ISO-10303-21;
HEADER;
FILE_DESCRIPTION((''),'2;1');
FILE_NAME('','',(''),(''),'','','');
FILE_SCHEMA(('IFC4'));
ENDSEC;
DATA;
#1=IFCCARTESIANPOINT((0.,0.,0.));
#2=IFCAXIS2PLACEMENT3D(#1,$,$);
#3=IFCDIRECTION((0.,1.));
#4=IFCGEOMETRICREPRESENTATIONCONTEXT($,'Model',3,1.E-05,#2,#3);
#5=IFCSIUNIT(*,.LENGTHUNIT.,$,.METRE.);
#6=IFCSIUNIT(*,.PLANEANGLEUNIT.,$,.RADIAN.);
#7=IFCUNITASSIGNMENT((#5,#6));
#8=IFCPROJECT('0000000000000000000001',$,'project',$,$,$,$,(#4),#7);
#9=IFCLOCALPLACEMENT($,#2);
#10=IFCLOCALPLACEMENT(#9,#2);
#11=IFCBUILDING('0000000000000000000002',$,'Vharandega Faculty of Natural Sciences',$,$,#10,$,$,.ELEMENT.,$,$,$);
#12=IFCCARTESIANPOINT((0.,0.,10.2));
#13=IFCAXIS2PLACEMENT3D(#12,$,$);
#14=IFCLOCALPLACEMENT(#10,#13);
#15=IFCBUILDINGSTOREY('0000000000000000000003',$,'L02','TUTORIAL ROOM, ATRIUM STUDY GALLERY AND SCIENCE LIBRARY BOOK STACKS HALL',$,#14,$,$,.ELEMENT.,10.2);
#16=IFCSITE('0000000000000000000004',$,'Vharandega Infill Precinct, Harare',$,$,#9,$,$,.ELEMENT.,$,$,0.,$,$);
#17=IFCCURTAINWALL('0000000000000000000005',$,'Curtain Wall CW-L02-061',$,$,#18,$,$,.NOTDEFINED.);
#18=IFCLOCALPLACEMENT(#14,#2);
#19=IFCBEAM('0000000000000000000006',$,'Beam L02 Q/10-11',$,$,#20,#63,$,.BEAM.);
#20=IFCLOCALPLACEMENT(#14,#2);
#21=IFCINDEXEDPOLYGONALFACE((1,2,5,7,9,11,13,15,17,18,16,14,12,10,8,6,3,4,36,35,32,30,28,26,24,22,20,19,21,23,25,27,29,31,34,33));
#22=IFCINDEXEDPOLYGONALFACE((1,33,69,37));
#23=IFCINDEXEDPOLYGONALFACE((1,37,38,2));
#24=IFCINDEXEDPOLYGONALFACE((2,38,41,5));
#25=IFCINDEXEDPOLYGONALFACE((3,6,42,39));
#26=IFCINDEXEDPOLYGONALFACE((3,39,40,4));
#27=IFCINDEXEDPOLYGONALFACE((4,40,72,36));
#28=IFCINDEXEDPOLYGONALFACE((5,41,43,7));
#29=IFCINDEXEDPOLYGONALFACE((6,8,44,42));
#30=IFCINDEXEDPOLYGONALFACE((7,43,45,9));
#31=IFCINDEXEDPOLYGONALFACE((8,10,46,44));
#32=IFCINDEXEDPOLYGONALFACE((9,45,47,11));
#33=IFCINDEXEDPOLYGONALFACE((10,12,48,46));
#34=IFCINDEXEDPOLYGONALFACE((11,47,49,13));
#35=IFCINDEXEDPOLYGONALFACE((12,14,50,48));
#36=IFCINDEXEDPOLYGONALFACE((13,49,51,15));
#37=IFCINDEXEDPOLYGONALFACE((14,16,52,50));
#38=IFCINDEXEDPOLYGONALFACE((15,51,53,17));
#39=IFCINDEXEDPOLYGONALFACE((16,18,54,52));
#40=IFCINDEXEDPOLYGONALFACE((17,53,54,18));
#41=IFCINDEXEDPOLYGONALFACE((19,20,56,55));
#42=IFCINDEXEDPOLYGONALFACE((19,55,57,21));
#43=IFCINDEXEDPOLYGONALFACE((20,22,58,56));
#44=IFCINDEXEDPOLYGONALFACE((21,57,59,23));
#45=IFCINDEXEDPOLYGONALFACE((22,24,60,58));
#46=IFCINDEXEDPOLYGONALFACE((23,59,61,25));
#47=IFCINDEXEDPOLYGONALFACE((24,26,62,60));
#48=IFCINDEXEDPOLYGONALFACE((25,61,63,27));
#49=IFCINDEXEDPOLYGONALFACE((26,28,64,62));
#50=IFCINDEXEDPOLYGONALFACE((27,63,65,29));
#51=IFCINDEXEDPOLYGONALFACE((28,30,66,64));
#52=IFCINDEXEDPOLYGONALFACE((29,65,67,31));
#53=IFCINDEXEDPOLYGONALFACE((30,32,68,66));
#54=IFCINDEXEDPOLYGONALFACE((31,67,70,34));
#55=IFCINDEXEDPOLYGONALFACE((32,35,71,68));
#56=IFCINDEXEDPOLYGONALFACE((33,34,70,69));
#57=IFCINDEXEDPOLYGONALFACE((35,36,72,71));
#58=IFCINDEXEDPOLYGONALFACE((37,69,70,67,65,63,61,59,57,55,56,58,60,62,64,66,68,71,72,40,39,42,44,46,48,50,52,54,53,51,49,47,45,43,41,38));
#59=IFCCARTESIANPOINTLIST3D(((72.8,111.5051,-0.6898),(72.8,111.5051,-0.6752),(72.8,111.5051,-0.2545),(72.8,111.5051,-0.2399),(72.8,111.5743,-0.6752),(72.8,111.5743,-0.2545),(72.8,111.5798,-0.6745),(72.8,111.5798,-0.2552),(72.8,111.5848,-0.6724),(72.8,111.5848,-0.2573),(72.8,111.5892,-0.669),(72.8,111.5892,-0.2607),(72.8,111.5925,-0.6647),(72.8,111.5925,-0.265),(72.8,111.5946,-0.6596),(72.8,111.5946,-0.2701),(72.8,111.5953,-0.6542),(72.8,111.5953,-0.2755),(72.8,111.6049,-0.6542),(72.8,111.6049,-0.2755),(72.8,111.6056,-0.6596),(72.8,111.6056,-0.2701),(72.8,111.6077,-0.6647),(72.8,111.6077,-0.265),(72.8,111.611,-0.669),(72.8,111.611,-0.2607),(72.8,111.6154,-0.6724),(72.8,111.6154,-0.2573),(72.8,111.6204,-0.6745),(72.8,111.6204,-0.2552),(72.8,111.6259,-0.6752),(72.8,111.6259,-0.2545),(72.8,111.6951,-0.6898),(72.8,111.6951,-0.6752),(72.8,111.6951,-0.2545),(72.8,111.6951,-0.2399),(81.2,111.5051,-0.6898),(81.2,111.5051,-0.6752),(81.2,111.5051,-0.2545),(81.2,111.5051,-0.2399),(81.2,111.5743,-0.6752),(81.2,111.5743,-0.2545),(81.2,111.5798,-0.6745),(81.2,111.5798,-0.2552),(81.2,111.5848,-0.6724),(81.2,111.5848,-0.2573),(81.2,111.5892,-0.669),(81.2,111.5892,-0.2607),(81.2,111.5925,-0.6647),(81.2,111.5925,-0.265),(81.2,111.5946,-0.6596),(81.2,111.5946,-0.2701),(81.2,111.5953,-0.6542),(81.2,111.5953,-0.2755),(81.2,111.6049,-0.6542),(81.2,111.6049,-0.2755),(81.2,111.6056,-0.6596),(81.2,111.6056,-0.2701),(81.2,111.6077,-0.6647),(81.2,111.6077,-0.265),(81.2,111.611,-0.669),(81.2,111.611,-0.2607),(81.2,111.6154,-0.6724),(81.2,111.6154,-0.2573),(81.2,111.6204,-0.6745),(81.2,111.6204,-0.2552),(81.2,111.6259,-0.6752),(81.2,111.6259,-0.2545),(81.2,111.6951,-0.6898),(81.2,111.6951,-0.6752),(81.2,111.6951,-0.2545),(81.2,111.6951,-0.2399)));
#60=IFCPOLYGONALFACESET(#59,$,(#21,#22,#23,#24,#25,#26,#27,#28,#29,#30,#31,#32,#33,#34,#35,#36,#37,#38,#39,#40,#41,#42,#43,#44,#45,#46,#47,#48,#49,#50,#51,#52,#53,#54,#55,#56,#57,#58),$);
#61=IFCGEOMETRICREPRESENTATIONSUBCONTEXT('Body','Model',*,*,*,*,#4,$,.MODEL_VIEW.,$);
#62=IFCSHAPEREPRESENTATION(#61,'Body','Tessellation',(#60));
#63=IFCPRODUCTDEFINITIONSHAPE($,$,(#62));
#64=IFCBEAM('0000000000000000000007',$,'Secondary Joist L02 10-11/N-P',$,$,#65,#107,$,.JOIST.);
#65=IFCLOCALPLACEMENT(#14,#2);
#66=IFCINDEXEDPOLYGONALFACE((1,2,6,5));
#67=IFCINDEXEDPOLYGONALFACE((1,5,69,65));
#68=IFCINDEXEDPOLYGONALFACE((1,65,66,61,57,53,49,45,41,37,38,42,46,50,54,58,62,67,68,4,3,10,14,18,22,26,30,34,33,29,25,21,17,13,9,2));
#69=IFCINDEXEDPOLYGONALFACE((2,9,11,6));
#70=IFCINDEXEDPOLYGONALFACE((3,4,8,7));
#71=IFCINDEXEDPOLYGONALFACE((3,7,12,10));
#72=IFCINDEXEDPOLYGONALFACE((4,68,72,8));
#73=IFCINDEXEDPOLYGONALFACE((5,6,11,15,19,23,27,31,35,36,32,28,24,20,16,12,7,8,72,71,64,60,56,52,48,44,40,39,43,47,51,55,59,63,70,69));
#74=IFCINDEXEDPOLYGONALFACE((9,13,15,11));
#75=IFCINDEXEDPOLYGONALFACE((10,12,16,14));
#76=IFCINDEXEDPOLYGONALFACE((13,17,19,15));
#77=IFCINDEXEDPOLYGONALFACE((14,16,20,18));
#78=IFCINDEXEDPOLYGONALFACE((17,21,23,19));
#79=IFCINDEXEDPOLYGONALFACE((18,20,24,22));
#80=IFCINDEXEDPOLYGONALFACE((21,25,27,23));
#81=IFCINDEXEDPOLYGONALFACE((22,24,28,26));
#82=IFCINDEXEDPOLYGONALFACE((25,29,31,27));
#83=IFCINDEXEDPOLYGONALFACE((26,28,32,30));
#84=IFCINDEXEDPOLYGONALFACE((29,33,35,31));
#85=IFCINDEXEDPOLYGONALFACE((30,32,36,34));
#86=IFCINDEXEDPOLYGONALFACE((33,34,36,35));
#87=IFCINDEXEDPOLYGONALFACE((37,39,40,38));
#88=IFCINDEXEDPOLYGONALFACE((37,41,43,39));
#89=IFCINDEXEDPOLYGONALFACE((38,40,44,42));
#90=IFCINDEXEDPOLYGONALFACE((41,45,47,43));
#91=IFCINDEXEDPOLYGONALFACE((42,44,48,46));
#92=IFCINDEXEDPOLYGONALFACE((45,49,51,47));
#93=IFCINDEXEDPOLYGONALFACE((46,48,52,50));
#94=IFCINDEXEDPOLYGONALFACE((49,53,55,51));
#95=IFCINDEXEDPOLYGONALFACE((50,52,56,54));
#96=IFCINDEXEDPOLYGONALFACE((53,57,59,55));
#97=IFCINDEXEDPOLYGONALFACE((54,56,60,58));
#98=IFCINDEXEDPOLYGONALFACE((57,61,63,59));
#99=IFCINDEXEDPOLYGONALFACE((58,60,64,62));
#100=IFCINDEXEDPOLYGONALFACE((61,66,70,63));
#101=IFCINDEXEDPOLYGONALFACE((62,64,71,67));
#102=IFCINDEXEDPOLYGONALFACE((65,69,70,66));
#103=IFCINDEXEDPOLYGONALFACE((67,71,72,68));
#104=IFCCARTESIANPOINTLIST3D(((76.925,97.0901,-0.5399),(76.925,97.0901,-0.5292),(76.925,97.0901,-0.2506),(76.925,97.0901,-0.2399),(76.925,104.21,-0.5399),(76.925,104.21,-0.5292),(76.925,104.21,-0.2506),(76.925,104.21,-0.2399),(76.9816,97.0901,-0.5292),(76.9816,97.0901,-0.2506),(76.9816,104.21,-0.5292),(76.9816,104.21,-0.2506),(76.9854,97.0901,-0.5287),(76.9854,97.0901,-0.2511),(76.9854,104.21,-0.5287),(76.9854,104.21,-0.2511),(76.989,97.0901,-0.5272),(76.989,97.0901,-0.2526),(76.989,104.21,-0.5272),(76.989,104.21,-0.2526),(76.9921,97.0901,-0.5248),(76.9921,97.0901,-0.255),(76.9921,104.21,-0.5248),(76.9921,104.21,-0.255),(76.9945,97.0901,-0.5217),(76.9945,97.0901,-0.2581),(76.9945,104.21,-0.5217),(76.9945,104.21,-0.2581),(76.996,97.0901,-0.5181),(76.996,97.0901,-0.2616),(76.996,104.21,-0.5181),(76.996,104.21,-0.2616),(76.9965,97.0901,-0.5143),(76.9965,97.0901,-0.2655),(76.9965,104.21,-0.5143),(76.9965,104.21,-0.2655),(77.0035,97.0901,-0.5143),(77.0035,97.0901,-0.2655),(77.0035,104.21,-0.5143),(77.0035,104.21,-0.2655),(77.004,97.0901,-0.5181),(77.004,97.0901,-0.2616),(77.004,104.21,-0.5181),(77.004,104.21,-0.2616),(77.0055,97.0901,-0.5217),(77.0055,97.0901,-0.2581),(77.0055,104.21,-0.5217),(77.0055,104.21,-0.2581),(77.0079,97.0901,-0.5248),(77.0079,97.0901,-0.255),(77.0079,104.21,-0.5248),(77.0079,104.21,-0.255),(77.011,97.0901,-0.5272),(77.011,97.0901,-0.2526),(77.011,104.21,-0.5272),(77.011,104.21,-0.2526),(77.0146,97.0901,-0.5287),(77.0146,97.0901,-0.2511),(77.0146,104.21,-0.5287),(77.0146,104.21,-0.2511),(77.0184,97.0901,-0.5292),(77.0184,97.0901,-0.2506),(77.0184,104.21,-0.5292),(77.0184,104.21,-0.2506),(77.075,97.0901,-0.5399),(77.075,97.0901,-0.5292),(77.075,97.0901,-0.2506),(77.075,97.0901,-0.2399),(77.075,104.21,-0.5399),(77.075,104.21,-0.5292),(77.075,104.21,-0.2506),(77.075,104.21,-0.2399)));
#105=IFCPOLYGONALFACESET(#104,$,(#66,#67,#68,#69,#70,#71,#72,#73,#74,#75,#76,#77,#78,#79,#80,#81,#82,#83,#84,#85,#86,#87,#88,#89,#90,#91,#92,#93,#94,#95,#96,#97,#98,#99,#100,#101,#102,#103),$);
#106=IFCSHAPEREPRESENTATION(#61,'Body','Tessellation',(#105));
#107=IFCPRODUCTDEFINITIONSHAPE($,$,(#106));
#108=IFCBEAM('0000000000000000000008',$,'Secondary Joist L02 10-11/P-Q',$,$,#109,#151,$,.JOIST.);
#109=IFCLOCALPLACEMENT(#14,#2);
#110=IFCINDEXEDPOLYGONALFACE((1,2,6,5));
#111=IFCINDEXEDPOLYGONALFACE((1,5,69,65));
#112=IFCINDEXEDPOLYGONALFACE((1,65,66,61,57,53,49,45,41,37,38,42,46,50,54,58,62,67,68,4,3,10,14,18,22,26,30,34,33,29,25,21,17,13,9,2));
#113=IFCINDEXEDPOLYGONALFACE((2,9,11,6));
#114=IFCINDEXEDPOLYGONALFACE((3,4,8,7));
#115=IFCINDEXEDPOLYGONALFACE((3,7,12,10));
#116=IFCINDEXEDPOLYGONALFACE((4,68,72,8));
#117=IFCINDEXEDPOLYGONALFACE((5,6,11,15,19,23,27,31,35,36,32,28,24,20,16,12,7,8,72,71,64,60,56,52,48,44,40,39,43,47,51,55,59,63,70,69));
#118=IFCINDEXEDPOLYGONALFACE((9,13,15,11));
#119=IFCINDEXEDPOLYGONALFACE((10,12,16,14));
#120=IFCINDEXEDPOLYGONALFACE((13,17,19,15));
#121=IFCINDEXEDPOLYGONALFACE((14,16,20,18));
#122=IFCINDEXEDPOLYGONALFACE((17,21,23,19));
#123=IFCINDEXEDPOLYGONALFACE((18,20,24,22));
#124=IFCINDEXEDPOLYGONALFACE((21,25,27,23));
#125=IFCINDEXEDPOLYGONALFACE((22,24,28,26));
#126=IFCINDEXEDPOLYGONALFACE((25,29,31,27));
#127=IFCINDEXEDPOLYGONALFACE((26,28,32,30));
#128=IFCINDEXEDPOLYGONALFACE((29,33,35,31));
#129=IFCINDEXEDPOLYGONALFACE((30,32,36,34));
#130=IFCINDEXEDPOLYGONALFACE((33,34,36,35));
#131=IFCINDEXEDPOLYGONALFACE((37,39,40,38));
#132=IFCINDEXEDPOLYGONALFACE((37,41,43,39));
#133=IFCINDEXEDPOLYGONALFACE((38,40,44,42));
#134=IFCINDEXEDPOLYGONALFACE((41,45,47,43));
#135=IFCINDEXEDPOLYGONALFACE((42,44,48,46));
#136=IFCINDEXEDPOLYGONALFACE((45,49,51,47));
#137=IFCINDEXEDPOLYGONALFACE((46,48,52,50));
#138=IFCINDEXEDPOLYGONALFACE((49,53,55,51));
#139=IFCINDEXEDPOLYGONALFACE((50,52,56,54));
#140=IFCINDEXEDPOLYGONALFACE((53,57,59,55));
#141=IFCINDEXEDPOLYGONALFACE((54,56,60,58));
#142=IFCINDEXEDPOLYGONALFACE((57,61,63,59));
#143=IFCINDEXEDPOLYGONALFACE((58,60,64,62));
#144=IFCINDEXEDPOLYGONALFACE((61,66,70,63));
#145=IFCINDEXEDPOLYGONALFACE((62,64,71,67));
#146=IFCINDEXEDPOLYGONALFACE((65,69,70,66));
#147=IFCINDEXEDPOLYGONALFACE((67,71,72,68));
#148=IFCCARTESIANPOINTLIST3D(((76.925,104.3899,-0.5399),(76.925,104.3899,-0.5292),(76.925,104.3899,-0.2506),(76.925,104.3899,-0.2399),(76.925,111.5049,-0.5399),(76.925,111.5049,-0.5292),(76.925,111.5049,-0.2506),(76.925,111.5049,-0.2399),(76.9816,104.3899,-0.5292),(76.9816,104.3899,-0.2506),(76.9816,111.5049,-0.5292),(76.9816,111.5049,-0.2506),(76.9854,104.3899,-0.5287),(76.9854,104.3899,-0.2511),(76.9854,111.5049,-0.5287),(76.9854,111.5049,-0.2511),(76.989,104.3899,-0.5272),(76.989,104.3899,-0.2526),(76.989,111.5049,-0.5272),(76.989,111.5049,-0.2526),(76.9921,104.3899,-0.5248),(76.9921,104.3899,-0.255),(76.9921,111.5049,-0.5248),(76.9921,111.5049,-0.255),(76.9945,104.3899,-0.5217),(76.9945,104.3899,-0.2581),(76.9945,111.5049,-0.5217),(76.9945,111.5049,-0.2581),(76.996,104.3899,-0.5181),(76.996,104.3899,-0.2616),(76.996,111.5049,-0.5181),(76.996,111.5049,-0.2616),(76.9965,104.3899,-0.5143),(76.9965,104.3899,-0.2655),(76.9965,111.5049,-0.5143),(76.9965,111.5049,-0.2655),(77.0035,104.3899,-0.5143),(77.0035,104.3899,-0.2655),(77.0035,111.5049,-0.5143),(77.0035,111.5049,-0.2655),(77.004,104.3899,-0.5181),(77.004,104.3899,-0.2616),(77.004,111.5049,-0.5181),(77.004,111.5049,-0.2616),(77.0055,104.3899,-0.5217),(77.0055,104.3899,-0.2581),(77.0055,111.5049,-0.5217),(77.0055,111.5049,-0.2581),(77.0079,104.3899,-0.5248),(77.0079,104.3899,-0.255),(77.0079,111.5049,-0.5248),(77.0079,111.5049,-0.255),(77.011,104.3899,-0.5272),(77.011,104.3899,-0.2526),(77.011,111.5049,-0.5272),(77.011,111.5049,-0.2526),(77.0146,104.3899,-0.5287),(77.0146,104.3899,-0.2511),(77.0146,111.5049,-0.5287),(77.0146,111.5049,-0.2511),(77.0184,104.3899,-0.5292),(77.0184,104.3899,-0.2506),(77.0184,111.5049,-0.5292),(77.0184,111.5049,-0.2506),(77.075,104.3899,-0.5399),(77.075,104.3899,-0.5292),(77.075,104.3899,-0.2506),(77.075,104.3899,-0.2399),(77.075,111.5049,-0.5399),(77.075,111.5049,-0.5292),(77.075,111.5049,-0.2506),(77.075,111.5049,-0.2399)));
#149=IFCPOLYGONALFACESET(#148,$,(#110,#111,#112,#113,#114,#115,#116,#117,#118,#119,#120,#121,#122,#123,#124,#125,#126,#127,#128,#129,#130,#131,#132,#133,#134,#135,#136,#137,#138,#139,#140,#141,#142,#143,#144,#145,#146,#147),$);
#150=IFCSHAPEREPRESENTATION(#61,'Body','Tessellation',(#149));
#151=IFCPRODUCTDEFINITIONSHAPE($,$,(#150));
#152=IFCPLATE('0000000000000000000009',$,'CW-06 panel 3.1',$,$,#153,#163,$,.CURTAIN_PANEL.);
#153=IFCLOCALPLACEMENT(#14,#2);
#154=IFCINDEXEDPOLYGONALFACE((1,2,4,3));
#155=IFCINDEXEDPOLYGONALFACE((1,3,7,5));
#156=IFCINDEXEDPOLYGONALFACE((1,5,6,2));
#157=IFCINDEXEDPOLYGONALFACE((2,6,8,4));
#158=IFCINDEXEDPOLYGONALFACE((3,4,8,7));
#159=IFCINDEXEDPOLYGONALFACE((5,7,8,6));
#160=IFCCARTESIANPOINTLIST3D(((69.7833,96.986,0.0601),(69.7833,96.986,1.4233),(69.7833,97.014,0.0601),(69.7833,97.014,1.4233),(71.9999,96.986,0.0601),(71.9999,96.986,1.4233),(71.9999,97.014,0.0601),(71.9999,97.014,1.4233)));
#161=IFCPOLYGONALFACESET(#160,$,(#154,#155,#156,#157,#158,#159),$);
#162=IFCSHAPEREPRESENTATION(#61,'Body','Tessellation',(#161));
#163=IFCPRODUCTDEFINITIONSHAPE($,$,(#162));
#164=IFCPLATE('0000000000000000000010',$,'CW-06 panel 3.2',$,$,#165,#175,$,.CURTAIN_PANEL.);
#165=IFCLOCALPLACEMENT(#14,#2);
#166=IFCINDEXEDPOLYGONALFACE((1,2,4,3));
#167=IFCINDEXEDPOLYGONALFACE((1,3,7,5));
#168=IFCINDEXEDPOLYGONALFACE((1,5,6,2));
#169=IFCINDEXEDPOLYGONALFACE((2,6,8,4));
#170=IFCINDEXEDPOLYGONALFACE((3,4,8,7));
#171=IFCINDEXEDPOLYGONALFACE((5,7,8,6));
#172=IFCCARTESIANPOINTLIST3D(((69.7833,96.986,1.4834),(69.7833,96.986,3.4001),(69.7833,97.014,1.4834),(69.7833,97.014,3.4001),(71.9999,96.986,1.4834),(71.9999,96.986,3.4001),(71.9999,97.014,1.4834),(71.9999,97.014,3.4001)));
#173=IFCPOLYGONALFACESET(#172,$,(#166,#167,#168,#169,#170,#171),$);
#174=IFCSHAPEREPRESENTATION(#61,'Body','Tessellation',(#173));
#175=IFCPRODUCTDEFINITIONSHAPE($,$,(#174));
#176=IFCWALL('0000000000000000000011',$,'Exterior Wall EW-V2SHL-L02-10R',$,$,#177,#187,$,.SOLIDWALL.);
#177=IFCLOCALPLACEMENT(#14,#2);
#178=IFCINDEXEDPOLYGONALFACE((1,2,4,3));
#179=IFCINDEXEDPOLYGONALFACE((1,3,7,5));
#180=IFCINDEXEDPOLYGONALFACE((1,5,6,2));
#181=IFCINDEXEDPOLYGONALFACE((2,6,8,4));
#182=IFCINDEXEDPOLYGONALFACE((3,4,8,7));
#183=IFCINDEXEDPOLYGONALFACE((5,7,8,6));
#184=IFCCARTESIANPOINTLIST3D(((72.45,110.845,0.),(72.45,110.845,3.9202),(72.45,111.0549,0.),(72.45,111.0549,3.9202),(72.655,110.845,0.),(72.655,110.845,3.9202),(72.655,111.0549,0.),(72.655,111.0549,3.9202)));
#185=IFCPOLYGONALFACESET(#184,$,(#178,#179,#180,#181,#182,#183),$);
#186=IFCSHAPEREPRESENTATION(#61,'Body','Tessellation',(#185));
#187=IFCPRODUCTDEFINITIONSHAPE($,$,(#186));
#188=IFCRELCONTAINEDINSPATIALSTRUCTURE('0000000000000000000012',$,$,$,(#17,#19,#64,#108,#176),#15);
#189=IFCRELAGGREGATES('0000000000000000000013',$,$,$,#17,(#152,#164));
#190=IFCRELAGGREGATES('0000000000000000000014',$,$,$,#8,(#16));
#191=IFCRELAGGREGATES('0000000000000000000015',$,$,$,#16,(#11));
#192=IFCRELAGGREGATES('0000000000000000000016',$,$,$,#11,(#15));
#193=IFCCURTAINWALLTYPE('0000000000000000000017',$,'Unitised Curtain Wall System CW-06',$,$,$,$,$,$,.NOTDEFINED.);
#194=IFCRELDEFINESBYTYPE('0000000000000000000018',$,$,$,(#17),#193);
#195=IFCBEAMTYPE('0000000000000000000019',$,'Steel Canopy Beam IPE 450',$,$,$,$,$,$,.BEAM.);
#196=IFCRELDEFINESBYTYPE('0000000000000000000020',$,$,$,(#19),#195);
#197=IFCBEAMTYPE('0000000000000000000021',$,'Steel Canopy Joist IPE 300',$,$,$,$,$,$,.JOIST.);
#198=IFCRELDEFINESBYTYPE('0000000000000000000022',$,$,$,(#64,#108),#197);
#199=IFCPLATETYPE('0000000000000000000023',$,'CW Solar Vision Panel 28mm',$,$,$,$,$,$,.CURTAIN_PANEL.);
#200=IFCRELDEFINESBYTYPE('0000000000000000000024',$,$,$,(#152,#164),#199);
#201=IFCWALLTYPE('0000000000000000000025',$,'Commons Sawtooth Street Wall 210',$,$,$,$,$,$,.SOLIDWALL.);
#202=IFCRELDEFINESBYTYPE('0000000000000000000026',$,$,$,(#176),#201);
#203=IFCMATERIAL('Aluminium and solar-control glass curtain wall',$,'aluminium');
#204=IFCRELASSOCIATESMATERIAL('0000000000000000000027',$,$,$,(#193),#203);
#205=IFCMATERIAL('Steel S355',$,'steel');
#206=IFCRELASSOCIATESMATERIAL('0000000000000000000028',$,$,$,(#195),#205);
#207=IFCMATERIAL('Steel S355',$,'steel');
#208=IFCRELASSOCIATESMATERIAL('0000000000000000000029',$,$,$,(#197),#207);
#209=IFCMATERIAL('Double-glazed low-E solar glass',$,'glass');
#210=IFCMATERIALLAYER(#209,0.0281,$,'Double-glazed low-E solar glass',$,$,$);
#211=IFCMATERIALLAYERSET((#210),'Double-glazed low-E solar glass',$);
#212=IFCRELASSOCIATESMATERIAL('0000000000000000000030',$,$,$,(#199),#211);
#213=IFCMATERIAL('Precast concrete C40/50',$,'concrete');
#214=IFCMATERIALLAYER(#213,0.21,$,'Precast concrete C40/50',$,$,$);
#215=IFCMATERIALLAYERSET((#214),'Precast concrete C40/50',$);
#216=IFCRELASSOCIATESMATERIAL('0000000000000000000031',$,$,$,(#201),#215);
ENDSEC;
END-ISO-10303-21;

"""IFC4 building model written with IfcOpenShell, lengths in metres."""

from ifc_helpers import new_model, si_unit, direction, frame, frame_2d, origin, origin_2d, place, context, subcontext, project, spatial, rectangle, i_section, extrude, material, layer, layer_set, material_profile, profile_set, type_object, element, aggregate, save


model = new_model("IFC4")

# Units and contexts
model_context = context("Model", 3, precision=1e-05, world=origin(), true_north=direction((0.0, 1.0)))
body_context = subcontext(model_context, "Body", "Model", "MODEL_VIEW")
ifc_project = project(units=[si_unit("LENGTHUNIT", "METRE"), si_unit("PLANEANGLEUNIT", "RADIAN")], contexts=[model_context])

# Site, building, storey
site_placement = place(None, origin())
site = spatial("IfcSite", under=ifc_project, at=site_placement, Name="Vharandega Infill Precinct, Harare", CompositionType="ELEMENT", RefElevation=0.0)
building_placement = place(site_placement, origin())
building = spatial("IfcBuilding", under=site, at=building_placement, Name="Vharandega Faculty of Natural Sciences", CompositionType="ELEMENT")
storey_placement = place(building_placement, frame((0.0, 0.0, 10.2)))
storey = spatial("IfcBuildingStorey", under=building, at=storey_placement, Name="L02", Description="TUTORIAL ROOM, ATRIUM STUDY GALLERY AND SCIENCE LIBRARY BOOK STACKS HALL", CompositionType="ELEMENT", Elevation=10.2)

# Curtain wall
ifc_material_1 = material(Name="Aluminium and solar-control glass curtain wall", Category="aluminium")
curtain_wall_type = type_object("IfcCurtainWallType", Name="Unitised Curtain Wall System CW-06", PredefinedType="NOTDEFINED", material=ifc_material_1)
curtain_wall_placement = place(storey_placement, origin())
curtain_wall = element("IfcCurtainWall", 1, at=curtain_wall_placement, inside=storey, type_object=curtain_wall_type, Name="Curtain Wall CW-L02-061", PredefinedType="NOTDEFINED")

# Beams
ifc_material_2 = material(Name="Steel S355", Category="steel")
ifc_material_profile_1 = material_profile(ifc_material_2, i_section(OverallWidth=0.1899, OverallDepth=0.45, WebThickness=0.0095, FlangeThickness=0.0146, FilletRadius=0.021, at=origin_2d()), Name="IPE 450")
ifc_profile_set_1 = profile_set([ifc_material_profile_1], Name="Steel S355")
beam_type_1 = type_object("IfcBeamType", Name="Steel Canopy Beam IPE 450", PredefinedType="BEAM", material=ifc_profile_set_1)
beam_1_placement = place(storey_placement, frame((72.8, 111.6001, -0.4648), z_axis=(1.0, 0.0, 0.0), x_axis=(0.0, 1.0, 0.0)))
element("IfcBeam", 2, at=beam_1_placement, inside=storey, type_object=beam_type_1, Name="Beam L02 Q/10-11", PredefinedType="BEAM", context=body_context, shape_type="SweptSolid", body=[
    extrude(i_section(OverallWidth=0.1899, OverallDepth=0.45, WebThickness=0.0095, FlangeThickness=0.0146, FilletRadius=0.021, at=origin_2d()), origin(), (0.0, 0.0, 1.0), 8.3999),
])
ifc_material_3 = material(Name="Steel S355", Category="steel")
ifc_material_profile_2 = material_profile(ifc_material_3, i_section(OverallWidth=0.1499, OverallDepth=0.3, WebThickness=0.0071, FlangeThickness=0.0107, FilletRadius=0.0149, at=origin_2d()), Name="IPE 300")
ifc_profile_set_2 = profile_set([ifc_material_profile_2], Name="Steel S355")
beam_type_2 = type_object("IfcBeamType", Name="Steel Canopy Joist IPE 300", PredefinedType="JOIST", material=ifc_profile_set_2)
beam_2_placement = place(storey_placement, frame((77.0, 97.0901, -0.3899), z_axis=(0.0, 1.0, 0.0), x_axis=(-1.0, 0.0, 0.0)))
element("IfcBeam", 3, at=beam_2_placement, inside=storey, type_object=beam_type_2, Name="Secondary Joist L02 10-11/N-P", PredefinedType="JOIST", context=body_context, shape_type="SweptSolid", body=[
    extrude(i_section(OverallWidth=0.1499, OverallDepth=0.3, WebThickness=0.0071, FlangeThickness=0.0107, FilletRadius=0.0149, at=origin_2d()), origin(), (0.0, 0.0, 1.0), 7.1199),
])
beam_3_placement = place(storey_placement, frame((77.0, 104.3899, -0.3899), z_axis=(0.0, 1.0, 0.0), x_axis=(-1.0, 0.0, 0.0)))
element("IfcBeam", 4, at=beam_3_placement, inside=storey, type_object=beam_type_2, Name="Secondary Joist L02 10-11/P-Q", PredefinedType="JOIST", context=body_context, shape_type="SweptSolid", body=[
    extrude(i_section(OverallWidth=0.1499, OverallDepth=0.3, WebThickness=0.0071, FlangeThickness=0.0107, FilletRadius=0.0149, at=origin_2d()), origin(), (0.0, 0.0, 1.0), 7.115),
])

# Plates
ifc_material_4 = material(Name="Double-glazed low-E solar glass", Category="glass")
ifc_layer_1 = layer(ifc_material_4, 0.0281, Name="Double-glazed low-E solar glass")
ifc_layer_set_1 = layer_set([ifc_layer_1], Name="Double-glazed low-E solar glass")
plate_type = type_object("IfcPlateType", Name="CW Solar Vision Panel 28mm", PredefinedType="CURTAIN_PANEL", material=ifc_layer_set_1)
plate_1_placement = place(storey_placement, frame((70.8916, 97.0, 0.0601), z_axis=(0.0, 0.0, 1.0), x_axis=(1.0, 0.0, 0.0)))
plate_1 = element("IfcPlate", 5, at=plate_1_placement, type_object=plate_type, Name="CW-06 panel 3.1", PredefinedType="CURTAIN_PANEL", context=body_context, shape_type="SweptSolid", body=[
    extrude(rectangle(XDim=2.2166, YDim=0.0281, at=origin_2d()), origin(), (0.0, 0.0, 1.0), 1.3633),
])
plate_2_placement = place(storey_placement, frame((70.8916, 97.0, 1.4834), z_axis=(0.0, 0.0, 1.0), x_axis=(1.0, 0.0, 0.0)))
plate_2 = element("IfcPlate", 6, at=plate_2_placement, type_object=plate_type, Name="CW-06 panel 3.2", PredefinedType="CURTAIN_PANEL", context=body_context, shape_type="SweptSolid", body=[
    extrude(rectangle(XDim=2.2166, YDim=0.0281, at=origin_2d()), origin(), (0.0, 0.0, 1.0), 1.9167),
])
aggregate(curtain_wall, [plate_1, plate_2])

# Wall
ifc_material_5 = material(Name="Precast concrete C40/50", Category="concrete")
ifc_layer_2 = layer(ifc_material_5, 0.21, Name="Precast concrete C40/50")
ifc_layer_set_2 = layer_set([ifc_layer_2], Name="Precast concrete C40/50")
wall_type_1 = type_object("IfcWallType", Name="Commons Sawtooth Street Wall 210", PredefinedType="SOLIDWALL", material=ifc_layer_set_2)
wall_1_placement = place(storey_placement, frame((72.45, 110.95, 0.0), z_axis=(0.0, 0.0, 1.0), x_axis=(1.0, 0.0, 0.0)))
element("IfcWall", 7, at=wall_1_placement, inside=storey, type_object=wall_type_1, Name="Exterior Wall EW-V2SHL-L02-10R", PredefinedType="SOLIDWALL", context=body_context, shape_type="SweptSolid", body=[
    extrude(rectangle(XDim=0.2051, YDim=0.21, at=frame_2d((0.1025, 0.0))), origin(), (0.0, 0.0, 1.0), 3.9202),
])

save(model, "model.ifc")
